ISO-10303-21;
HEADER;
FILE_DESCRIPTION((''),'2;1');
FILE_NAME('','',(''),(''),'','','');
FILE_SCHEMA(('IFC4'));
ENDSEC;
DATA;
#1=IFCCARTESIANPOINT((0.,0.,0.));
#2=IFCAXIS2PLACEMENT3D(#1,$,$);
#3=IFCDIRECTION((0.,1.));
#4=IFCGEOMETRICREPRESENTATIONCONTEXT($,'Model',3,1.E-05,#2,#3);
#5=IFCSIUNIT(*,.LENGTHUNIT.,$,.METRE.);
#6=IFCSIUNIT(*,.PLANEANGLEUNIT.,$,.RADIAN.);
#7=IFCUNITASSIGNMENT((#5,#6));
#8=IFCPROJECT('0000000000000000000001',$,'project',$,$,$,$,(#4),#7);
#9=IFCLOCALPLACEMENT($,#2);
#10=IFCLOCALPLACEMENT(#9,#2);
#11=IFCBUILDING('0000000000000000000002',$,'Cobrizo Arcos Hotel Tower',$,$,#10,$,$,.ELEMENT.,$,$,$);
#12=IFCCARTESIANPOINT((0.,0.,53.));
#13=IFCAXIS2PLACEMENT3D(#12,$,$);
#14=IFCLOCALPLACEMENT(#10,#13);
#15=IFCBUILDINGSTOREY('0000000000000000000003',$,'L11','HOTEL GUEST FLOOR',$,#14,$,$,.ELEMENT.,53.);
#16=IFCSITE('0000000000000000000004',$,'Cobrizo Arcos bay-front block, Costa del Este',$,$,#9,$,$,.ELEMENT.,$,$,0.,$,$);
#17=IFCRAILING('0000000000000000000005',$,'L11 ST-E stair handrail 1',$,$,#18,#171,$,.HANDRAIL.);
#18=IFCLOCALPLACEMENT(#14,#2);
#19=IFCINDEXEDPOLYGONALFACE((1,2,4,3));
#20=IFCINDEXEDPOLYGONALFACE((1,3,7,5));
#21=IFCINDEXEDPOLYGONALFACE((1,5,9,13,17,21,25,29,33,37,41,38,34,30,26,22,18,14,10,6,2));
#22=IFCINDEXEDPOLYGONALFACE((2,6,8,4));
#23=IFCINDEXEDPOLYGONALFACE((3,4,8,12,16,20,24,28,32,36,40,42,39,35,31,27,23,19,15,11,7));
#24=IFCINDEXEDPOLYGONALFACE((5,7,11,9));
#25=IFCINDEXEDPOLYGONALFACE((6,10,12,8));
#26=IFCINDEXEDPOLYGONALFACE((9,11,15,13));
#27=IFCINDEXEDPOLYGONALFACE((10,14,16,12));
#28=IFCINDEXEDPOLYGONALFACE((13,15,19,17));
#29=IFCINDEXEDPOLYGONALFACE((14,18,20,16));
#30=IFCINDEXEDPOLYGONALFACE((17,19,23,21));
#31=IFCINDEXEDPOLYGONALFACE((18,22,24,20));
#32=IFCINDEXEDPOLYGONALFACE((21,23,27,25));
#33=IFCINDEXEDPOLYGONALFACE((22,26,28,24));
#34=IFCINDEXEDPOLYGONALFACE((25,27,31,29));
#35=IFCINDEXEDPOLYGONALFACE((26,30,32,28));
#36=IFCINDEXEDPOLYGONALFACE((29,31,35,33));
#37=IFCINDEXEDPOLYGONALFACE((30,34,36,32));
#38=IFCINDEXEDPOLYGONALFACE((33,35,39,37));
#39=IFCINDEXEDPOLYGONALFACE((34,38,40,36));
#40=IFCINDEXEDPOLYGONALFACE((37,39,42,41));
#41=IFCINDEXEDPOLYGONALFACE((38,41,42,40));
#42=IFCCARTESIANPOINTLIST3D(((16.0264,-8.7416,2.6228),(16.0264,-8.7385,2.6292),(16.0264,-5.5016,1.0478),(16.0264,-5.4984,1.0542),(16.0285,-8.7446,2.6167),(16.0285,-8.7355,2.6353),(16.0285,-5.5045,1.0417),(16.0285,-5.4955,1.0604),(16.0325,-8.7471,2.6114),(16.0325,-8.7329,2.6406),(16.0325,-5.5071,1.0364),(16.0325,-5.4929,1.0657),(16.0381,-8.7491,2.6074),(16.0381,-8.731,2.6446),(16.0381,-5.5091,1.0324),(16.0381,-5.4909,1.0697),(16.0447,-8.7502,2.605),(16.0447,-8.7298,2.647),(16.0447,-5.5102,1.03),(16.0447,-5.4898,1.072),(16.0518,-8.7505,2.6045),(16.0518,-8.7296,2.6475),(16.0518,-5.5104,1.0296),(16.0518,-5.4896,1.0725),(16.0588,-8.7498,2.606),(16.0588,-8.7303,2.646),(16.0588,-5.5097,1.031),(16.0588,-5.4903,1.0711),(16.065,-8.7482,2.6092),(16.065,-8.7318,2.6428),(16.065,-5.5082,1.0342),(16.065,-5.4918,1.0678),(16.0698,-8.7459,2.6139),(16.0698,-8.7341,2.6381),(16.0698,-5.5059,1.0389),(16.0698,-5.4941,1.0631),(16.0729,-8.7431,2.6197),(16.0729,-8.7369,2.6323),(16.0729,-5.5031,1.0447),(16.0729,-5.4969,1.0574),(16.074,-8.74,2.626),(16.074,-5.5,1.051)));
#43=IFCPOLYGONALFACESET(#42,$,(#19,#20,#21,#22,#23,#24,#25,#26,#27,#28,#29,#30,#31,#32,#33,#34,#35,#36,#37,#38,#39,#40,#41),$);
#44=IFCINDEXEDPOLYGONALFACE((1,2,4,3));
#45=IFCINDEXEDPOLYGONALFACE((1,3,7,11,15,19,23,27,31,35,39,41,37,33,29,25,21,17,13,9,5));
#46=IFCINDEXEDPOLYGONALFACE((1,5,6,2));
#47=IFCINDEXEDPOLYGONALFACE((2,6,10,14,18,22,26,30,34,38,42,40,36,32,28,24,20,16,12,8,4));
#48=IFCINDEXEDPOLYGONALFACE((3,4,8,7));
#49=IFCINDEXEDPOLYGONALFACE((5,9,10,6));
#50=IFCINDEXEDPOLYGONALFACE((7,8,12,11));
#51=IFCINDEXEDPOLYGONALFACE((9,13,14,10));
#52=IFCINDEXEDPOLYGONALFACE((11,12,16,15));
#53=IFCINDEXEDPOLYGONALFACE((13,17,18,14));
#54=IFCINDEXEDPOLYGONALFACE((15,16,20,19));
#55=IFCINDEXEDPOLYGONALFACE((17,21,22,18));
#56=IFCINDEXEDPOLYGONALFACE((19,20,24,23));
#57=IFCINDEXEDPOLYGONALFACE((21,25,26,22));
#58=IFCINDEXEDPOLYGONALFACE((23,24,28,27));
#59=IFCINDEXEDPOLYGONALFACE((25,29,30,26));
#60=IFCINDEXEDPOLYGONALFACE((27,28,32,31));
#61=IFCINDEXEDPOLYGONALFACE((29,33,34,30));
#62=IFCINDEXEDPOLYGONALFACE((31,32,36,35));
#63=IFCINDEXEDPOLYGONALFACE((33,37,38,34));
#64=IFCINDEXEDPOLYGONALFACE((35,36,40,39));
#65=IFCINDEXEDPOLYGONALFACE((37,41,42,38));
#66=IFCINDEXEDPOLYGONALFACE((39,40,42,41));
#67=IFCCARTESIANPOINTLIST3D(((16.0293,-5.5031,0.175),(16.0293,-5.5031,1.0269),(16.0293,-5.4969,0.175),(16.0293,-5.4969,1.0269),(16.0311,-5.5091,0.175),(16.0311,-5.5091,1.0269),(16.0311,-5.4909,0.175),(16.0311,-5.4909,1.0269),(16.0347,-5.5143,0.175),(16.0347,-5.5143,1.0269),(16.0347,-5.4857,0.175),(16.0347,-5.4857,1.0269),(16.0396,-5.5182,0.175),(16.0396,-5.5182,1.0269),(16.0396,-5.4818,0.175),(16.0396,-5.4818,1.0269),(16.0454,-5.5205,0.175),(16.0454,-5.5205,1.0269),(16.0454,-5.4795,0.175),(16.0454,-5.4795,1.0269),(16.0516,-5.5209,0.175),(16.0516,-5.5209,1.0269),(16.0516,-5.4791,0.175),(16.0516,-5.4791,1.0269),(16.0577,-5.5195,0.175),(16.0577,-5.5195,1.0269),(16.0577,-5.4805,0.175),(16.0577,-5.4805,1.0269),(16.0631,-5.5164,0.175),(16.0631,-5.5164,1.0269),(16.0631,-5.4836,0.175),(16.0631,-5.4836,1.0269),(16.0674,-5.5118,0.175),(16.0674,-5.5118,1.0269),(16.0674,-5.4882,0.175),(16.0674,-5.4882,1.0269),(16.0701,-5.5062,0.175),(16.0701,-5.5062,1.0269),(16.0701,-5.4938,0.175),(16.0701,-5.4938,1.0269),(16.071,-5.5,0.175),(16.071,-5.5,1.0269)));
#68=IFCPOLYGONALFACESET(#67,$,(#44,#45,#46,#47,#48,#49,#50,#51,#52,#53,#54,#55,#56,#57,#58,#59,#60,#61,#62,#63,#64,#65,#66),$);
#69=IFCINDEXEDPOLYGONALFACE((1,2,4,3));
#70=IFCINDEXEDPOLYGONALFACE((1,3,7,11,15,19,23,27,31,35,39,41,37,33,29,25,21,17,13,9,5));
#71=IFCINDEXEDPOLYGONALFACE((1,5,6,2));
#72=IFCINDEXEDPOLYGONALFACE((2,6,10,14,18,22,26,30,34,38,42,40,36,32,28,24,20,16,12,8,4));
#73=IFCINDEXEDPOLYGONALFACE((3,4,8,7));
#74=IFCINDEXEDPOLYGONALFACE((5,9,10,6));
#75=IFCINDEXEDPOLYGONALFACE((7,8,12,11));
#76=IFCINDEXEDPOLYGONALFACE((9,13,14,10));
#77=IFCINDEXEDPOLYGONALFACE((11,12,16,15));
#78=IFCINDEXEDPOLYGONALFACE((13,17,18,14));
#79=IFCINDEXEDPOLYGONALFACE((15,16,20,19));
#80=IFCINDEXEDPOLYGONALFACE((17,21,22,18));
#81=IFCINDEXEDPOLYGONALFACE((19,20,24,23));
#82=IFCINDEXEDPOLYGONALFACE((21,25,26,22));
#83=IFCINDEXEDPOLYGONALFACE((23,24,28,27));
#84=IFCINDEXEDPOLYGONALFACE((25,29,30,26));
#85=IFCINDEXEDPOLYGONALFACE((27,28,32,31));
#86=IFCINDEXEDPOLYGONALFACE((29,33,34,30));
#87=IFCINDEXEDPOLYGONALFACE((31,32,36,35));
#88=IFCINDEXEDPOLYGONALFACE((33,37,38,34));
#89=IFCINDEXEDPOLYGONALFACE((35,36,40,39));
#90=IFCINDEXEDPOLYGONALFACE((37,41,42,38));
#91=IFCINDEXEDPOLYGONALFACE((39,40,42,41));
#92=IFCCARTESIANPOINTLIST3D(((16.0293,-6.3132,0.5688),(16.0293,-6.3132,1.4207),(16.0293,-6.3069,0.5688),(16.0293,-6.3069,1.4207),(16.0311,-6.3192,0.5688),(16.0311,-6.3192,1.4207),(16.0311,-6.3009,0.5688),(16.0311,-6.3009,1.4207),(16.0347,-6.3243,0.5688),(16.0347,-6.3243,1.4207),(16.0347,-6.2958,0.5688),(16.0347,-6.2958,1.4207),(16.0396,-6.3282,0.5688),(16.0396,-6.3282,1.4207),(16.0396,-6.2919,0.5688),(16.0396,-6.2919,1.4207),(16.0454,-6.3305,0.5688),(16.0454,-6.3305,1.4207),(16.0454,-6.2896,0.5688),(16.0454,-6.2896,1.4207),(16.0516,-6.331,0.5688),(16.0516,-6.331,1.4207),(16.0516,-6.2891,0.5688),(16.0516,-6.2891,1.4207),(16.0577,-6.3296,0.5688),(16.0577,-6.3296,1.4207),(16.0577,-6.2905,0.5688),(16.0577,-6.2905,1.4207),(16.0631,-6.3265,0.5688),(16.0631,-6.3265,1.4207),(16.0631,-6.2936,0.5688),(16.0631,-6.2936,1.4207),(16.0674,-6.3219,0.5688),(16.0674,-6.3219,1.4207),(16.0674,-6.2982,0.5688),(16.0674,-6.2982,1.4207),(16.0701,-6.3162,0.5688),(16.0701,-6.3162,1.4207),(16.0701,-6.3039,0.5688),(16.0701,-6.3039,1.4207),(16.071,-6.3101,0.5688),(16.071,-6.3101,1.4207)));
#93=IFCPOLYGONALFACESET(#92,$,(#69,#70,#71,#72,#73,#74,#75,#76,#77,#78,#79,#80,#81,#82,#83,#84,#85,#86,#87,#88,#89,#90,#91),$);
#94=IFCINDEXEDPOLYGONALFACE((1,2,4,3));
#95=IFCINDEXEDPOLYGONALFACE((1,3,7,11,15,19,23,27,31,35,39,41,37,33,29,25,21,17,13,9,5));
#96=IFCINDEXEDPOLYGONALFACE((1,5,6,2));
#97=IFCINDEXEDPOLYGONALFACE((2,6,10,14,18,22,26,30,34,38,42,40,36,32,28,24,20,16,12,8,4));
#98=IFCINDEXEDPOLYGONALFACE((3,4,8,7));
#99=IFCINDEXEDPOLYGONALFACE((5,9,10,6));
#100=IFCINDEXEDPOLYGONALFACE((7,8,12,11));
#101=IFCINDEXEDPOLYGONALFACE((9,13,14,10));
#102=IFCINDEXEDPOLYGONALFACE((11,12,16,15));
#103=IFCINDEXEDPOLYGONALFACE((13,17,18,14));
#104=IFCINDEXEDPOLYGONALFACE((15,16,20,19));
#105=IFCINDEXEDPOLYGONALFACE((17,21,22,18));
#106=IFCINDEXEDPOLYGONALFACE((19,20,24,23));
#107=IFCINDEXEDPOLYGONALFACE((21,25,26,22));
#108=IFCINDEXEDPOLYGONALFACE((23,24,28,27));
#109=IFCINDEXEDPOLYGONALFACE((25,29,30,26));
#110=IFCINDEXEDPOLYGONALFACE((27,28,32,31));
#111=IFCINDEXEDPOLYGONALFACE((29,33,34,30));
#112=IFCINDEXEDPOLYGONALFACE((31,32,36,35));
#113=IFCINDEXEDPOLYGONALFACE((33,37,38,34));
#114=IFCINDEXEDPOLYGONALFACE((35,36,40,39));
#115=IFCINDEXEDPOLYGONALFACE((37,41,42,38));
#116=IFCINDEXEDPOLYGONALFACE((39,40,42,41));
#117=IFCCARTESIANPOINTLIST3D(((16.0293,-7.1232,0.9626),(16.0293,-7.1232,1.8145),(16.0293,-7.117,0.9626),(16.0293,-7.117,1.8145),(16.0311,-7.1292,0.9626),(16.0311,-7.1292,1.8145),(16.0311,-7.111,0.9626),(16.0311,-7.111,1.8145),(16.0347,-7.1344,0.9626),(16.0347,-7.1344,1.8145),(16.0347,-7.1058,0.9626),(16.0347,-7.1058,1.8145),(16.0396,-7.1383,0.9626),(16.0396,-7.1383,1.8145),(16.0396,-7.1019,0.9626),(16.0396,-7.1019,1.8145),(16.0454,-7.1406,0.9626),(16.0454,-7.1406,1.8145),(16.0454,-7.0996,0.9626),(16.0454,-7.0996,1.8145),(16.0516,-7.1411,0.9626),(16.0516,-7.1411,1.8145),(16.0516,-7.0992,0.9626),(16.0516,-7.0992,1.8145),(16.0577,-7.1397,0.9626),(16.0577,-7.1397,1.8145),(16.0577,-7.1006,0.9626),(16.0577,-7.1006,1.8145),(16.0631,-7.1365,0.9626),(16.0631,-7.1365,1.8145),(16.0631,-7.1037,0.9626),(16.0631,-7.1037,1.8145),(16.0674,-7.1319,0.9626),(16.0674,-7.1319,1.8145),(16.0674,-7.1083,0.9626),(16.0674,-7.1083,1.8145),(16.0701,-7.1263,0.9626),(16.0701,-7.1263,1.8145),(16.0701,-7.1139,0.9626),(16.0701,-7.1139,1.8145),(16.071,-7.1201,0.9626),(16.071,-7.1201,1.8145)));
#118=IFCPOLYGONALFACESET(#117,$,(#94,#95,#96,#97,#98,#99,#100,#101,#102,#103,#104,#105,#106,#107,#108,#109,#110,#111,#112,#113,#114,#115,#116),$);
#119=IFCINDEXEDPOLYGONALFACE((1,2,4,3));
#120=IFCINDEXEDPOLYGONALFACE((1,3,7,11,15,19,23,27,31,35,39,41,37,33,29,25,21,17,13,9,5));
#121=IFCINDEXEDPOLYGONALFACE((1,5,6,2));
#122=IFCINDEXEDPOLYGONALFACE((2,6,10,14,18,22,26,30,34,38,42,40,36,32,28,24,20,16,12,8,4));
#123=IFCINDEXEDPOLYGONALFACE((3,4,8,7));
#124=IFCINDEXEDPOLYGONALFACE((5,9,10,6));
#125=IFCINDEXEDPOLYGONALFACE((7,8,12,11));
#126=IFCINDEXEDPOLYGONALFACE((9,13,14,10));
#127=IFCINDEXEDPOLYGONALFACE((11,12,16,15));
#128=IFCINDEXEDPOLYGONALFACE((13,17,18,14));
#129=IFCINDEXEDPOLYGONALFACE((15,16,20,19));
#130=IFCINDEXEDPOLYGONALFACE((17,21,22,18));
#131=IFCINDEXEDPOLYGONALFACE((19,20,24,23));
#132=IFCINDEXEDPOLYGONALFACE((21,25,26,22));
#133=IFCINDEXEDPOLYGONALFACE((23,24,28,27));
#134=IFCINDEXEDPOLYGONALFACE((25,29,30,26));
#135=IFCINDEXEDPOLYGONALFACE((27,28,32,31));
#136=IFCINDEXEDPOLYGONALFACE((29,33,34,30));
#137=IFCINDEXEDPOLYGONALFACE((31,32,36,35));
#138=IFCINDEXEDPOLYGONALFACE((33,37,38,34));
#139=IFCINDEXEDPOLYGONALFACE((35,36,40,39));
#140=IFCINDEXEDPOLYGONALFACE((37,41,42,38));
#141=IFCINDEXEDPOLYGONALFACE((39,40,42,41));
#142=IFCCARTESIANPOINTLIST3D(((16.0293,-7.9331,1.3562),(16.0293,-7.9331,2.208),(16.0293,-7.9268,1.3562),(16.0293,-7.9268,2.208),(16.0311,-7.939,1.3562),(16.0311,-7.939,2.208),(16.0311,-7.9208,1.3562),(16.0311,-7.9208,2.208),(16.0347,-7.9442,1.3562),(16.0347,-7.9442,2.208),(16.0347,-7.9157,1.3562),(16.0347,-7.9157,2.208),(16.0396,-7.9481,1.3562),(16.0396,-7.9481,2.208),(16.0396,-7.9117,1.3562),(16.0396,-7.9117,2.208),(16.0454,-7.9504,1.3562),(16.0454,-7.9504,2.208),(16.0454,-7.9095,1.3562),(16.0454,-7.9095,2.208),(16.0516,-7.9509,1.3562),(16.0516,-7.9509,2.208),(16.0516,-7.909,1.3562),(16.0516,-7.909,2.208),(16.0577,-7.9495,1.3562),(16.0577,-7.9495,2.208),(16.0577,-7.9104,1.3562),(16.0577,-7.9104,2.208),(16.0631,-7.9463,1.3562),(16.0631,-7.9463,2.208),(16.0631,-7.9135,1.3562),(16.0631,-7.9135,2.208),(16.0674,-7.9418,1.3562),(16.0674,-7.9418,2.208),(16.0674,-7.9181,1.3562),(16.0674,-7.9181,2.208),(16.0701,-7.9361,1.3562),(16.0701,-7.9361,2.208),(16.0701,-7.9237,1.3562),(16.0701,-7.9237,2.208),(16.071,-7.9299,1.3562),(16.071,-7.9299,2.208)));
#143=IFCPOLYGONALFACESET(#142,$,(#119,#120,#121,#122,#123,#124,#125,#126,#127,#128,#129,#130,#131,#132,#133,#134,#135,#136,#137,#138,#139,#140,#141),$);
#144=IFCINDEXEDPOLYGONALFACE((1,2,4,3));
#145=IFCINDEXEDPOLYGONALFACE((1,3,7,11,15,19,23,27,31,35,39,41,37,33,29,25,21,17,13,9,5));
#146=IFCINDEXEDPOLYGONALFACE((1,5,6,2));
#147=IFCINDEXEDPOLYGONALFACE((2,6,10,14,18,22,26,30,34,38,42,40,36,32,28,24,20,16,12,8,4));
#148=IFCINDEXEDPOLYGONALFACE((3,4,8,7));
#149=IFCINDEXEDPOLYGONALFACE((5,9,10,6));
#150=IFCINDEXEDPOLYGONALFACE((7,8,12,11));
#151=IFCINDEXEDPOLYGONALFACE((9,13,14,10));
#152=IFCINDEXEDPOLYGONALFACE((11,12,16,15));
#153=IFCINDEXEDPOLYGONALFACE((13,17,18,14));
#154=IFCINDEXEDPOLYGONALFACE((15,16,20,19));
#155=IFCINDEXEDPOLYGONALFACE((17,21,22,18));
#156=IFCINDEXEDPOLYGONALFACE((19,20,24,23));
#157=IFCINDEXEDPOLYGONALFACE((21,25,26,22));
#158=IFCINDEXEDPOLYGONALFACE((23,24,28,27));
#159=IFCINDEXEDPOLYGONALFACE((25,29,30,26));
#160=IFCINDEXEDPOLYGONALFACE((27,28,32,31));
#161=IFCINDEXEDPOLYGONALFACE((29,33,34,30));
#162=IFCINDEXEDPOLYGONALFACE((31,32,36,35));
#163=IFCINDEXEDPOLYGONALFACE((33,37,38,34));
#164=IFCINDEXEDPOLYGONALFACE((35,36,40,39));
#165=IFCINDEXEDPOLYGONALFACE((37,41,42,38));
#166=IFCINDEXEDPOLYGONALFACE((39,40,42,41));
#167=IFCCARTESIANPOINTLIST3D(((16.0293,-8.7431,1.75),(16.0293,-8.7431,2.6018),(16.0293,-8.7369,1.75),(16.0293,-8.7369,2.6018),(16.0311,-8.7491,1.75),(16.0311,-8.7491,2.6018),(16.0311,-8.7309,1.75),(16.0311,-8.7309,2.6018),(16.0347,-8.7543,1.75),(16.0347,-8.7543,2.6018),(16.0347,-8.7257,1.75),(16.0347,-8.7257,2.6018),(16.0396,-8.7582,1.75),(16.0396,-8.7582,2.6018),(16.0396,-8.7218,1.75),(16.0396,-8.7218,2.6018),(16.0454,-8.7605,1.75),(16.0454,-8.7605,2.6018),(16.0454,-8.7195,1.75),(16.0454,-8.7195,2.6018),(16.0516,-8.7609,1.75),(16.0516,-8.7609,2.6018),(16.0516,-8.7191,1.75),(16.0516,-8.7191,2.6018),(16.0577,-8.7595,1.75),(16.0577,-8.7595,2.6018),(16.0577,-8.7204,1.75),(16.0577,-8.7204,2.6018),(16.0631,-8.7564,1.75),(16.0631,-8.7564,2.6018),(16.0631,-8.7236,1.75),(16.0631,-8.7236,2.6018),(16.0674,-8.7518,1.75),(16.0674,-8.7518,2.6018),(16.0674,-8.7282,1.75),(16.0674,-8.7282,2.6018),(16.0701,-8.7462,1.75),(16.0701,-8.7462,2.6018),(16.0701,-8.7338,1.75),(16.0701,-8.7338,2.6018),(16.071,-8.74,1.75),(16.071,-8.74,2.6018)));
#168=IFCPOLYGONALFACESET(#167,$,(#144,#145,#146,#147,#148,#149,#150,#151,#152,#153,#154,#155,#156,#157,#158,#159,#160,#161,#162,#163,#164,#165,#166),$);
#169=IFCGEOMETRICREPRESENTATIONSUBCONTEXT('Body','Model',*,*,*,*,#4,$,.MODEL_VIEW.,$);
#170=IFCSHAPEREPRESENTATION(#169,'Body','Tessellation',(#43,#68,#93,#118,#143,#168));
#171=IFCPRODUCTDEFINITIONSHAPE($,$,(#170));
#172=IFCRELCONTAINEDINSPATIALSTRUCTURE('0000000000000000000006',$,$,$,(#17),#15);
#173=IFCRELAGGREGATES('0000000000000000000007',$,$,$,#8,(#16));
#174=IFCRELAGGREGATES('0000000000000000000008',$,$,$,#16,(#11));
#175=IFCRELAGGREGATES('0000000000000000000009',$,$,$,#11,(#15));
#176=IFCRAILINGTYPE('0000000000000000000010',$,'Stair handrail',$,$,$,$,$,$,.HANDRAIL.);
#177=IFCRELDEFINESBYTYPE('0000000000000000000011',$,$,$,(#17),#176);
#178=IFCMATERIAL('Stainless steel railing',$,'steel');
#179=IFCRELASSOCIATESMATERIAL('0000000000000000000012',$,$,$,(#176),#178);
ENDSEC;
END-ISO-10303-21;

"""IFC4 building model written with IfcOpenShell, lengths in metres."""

from ifc_helpers import new_model, si_unit, direction, frame, origin, origin_2d, place, context, subcontext, project, spatial, circle, extrude, material, type_object, element, save


model = new_model("IFC4")

# Units and contexts
model_context = context("Model", 3, precision=1e-05, world=origin(), true_north=direction((0.0, 1.0)))
body_context = subcontext(model_context, "Body", "Model", "MODEL_VIEW")
ifc_project = project(units=[si_unit("LENGTHUNIT", "METRE"), si_unit("PLANEANGLEUNIT", "RADIAN")], contexts=[model_context])

# Site, building, storey
site_placement = place(None, origin())
site = spatial("IfcSite", under=ifc_project, at=site_placement, Name="Cobrizo Arcos bay-front block, Costa del Este", CompositionType="ELEMENT", RefElevation=0.0)
building_placement = place(site_placement, origin())
building = spatial("IfcBuilding", under=site, at=building_placement, Name="Cobrizo Arcos Hotel Tower", CompositionType="ELEMENT")
storey_placement = place(building_placement, frame((0.0, 0.0, 53.0)))
storey = spatial("IfcBuildingStorey", under=building, at=storey_placement, Name="L11", Description="HOTEL GUEST FLOOR", CompositionType="ELEMENT", Elevation=53.0)

# Railing
ifc_material_1 = material(Name="Stainless steel railing", Category="steel")
railing_type_1 = type_object("IfcRailingType", Name="Stair handrail", PredefinedType="HANDRAIL", material=ifc_material_1)
railing_1_placement = place(storey_placement, frame((16.05, -5.5, 0.175)))
element("IfcRailing", 1, at=railing_1_placement, inside=storey, type_object=railing_type_1, Name="L11 ST-E stair handrail 1", PredefinedType="HANDRAIL", context=body_context, shape_type="SweptSolid", body=[
    extrude(circle(Radius=0.0239, at=origin_2d()), frame((0.0, 0.0, 0.876), z_axis=(0.0, -0.899373, 0.437183), x_axis=(1.0, 0.0, 0.0)), (0.0, 0.0, 1.0), 3.6025),
    extrude(circle(Radius=0.021, at=origin_2d()), origin(), (0.0, 0.0, 1.0), 0.8518),
    extrude(circle(Radius=0.021, at=origin_2d()), frame((0.0, -0.8101, 0.3938)), (0.0, 0.0, 1.0), 0.8518),
    extrude(circle(Radius=0.021, at=origin_2d()), frame((0.0, -1.6201, 0.7876)), (0.0, 0.0, 1.0), 0.8518),
    extrude(circle(Radius=0.021, at=origin_2d()), frame((0.0, -2.4299, 1.1812)), (0.0, 0.0, 1.0), 0.8518),
    extrude(circle(Radius=0.021, at=origin_2d()), frame((0.0, -3.24, 1.575)), (0.0, 0.0, 1.0), 0.8518),
])

save(model, "model.ifc")
